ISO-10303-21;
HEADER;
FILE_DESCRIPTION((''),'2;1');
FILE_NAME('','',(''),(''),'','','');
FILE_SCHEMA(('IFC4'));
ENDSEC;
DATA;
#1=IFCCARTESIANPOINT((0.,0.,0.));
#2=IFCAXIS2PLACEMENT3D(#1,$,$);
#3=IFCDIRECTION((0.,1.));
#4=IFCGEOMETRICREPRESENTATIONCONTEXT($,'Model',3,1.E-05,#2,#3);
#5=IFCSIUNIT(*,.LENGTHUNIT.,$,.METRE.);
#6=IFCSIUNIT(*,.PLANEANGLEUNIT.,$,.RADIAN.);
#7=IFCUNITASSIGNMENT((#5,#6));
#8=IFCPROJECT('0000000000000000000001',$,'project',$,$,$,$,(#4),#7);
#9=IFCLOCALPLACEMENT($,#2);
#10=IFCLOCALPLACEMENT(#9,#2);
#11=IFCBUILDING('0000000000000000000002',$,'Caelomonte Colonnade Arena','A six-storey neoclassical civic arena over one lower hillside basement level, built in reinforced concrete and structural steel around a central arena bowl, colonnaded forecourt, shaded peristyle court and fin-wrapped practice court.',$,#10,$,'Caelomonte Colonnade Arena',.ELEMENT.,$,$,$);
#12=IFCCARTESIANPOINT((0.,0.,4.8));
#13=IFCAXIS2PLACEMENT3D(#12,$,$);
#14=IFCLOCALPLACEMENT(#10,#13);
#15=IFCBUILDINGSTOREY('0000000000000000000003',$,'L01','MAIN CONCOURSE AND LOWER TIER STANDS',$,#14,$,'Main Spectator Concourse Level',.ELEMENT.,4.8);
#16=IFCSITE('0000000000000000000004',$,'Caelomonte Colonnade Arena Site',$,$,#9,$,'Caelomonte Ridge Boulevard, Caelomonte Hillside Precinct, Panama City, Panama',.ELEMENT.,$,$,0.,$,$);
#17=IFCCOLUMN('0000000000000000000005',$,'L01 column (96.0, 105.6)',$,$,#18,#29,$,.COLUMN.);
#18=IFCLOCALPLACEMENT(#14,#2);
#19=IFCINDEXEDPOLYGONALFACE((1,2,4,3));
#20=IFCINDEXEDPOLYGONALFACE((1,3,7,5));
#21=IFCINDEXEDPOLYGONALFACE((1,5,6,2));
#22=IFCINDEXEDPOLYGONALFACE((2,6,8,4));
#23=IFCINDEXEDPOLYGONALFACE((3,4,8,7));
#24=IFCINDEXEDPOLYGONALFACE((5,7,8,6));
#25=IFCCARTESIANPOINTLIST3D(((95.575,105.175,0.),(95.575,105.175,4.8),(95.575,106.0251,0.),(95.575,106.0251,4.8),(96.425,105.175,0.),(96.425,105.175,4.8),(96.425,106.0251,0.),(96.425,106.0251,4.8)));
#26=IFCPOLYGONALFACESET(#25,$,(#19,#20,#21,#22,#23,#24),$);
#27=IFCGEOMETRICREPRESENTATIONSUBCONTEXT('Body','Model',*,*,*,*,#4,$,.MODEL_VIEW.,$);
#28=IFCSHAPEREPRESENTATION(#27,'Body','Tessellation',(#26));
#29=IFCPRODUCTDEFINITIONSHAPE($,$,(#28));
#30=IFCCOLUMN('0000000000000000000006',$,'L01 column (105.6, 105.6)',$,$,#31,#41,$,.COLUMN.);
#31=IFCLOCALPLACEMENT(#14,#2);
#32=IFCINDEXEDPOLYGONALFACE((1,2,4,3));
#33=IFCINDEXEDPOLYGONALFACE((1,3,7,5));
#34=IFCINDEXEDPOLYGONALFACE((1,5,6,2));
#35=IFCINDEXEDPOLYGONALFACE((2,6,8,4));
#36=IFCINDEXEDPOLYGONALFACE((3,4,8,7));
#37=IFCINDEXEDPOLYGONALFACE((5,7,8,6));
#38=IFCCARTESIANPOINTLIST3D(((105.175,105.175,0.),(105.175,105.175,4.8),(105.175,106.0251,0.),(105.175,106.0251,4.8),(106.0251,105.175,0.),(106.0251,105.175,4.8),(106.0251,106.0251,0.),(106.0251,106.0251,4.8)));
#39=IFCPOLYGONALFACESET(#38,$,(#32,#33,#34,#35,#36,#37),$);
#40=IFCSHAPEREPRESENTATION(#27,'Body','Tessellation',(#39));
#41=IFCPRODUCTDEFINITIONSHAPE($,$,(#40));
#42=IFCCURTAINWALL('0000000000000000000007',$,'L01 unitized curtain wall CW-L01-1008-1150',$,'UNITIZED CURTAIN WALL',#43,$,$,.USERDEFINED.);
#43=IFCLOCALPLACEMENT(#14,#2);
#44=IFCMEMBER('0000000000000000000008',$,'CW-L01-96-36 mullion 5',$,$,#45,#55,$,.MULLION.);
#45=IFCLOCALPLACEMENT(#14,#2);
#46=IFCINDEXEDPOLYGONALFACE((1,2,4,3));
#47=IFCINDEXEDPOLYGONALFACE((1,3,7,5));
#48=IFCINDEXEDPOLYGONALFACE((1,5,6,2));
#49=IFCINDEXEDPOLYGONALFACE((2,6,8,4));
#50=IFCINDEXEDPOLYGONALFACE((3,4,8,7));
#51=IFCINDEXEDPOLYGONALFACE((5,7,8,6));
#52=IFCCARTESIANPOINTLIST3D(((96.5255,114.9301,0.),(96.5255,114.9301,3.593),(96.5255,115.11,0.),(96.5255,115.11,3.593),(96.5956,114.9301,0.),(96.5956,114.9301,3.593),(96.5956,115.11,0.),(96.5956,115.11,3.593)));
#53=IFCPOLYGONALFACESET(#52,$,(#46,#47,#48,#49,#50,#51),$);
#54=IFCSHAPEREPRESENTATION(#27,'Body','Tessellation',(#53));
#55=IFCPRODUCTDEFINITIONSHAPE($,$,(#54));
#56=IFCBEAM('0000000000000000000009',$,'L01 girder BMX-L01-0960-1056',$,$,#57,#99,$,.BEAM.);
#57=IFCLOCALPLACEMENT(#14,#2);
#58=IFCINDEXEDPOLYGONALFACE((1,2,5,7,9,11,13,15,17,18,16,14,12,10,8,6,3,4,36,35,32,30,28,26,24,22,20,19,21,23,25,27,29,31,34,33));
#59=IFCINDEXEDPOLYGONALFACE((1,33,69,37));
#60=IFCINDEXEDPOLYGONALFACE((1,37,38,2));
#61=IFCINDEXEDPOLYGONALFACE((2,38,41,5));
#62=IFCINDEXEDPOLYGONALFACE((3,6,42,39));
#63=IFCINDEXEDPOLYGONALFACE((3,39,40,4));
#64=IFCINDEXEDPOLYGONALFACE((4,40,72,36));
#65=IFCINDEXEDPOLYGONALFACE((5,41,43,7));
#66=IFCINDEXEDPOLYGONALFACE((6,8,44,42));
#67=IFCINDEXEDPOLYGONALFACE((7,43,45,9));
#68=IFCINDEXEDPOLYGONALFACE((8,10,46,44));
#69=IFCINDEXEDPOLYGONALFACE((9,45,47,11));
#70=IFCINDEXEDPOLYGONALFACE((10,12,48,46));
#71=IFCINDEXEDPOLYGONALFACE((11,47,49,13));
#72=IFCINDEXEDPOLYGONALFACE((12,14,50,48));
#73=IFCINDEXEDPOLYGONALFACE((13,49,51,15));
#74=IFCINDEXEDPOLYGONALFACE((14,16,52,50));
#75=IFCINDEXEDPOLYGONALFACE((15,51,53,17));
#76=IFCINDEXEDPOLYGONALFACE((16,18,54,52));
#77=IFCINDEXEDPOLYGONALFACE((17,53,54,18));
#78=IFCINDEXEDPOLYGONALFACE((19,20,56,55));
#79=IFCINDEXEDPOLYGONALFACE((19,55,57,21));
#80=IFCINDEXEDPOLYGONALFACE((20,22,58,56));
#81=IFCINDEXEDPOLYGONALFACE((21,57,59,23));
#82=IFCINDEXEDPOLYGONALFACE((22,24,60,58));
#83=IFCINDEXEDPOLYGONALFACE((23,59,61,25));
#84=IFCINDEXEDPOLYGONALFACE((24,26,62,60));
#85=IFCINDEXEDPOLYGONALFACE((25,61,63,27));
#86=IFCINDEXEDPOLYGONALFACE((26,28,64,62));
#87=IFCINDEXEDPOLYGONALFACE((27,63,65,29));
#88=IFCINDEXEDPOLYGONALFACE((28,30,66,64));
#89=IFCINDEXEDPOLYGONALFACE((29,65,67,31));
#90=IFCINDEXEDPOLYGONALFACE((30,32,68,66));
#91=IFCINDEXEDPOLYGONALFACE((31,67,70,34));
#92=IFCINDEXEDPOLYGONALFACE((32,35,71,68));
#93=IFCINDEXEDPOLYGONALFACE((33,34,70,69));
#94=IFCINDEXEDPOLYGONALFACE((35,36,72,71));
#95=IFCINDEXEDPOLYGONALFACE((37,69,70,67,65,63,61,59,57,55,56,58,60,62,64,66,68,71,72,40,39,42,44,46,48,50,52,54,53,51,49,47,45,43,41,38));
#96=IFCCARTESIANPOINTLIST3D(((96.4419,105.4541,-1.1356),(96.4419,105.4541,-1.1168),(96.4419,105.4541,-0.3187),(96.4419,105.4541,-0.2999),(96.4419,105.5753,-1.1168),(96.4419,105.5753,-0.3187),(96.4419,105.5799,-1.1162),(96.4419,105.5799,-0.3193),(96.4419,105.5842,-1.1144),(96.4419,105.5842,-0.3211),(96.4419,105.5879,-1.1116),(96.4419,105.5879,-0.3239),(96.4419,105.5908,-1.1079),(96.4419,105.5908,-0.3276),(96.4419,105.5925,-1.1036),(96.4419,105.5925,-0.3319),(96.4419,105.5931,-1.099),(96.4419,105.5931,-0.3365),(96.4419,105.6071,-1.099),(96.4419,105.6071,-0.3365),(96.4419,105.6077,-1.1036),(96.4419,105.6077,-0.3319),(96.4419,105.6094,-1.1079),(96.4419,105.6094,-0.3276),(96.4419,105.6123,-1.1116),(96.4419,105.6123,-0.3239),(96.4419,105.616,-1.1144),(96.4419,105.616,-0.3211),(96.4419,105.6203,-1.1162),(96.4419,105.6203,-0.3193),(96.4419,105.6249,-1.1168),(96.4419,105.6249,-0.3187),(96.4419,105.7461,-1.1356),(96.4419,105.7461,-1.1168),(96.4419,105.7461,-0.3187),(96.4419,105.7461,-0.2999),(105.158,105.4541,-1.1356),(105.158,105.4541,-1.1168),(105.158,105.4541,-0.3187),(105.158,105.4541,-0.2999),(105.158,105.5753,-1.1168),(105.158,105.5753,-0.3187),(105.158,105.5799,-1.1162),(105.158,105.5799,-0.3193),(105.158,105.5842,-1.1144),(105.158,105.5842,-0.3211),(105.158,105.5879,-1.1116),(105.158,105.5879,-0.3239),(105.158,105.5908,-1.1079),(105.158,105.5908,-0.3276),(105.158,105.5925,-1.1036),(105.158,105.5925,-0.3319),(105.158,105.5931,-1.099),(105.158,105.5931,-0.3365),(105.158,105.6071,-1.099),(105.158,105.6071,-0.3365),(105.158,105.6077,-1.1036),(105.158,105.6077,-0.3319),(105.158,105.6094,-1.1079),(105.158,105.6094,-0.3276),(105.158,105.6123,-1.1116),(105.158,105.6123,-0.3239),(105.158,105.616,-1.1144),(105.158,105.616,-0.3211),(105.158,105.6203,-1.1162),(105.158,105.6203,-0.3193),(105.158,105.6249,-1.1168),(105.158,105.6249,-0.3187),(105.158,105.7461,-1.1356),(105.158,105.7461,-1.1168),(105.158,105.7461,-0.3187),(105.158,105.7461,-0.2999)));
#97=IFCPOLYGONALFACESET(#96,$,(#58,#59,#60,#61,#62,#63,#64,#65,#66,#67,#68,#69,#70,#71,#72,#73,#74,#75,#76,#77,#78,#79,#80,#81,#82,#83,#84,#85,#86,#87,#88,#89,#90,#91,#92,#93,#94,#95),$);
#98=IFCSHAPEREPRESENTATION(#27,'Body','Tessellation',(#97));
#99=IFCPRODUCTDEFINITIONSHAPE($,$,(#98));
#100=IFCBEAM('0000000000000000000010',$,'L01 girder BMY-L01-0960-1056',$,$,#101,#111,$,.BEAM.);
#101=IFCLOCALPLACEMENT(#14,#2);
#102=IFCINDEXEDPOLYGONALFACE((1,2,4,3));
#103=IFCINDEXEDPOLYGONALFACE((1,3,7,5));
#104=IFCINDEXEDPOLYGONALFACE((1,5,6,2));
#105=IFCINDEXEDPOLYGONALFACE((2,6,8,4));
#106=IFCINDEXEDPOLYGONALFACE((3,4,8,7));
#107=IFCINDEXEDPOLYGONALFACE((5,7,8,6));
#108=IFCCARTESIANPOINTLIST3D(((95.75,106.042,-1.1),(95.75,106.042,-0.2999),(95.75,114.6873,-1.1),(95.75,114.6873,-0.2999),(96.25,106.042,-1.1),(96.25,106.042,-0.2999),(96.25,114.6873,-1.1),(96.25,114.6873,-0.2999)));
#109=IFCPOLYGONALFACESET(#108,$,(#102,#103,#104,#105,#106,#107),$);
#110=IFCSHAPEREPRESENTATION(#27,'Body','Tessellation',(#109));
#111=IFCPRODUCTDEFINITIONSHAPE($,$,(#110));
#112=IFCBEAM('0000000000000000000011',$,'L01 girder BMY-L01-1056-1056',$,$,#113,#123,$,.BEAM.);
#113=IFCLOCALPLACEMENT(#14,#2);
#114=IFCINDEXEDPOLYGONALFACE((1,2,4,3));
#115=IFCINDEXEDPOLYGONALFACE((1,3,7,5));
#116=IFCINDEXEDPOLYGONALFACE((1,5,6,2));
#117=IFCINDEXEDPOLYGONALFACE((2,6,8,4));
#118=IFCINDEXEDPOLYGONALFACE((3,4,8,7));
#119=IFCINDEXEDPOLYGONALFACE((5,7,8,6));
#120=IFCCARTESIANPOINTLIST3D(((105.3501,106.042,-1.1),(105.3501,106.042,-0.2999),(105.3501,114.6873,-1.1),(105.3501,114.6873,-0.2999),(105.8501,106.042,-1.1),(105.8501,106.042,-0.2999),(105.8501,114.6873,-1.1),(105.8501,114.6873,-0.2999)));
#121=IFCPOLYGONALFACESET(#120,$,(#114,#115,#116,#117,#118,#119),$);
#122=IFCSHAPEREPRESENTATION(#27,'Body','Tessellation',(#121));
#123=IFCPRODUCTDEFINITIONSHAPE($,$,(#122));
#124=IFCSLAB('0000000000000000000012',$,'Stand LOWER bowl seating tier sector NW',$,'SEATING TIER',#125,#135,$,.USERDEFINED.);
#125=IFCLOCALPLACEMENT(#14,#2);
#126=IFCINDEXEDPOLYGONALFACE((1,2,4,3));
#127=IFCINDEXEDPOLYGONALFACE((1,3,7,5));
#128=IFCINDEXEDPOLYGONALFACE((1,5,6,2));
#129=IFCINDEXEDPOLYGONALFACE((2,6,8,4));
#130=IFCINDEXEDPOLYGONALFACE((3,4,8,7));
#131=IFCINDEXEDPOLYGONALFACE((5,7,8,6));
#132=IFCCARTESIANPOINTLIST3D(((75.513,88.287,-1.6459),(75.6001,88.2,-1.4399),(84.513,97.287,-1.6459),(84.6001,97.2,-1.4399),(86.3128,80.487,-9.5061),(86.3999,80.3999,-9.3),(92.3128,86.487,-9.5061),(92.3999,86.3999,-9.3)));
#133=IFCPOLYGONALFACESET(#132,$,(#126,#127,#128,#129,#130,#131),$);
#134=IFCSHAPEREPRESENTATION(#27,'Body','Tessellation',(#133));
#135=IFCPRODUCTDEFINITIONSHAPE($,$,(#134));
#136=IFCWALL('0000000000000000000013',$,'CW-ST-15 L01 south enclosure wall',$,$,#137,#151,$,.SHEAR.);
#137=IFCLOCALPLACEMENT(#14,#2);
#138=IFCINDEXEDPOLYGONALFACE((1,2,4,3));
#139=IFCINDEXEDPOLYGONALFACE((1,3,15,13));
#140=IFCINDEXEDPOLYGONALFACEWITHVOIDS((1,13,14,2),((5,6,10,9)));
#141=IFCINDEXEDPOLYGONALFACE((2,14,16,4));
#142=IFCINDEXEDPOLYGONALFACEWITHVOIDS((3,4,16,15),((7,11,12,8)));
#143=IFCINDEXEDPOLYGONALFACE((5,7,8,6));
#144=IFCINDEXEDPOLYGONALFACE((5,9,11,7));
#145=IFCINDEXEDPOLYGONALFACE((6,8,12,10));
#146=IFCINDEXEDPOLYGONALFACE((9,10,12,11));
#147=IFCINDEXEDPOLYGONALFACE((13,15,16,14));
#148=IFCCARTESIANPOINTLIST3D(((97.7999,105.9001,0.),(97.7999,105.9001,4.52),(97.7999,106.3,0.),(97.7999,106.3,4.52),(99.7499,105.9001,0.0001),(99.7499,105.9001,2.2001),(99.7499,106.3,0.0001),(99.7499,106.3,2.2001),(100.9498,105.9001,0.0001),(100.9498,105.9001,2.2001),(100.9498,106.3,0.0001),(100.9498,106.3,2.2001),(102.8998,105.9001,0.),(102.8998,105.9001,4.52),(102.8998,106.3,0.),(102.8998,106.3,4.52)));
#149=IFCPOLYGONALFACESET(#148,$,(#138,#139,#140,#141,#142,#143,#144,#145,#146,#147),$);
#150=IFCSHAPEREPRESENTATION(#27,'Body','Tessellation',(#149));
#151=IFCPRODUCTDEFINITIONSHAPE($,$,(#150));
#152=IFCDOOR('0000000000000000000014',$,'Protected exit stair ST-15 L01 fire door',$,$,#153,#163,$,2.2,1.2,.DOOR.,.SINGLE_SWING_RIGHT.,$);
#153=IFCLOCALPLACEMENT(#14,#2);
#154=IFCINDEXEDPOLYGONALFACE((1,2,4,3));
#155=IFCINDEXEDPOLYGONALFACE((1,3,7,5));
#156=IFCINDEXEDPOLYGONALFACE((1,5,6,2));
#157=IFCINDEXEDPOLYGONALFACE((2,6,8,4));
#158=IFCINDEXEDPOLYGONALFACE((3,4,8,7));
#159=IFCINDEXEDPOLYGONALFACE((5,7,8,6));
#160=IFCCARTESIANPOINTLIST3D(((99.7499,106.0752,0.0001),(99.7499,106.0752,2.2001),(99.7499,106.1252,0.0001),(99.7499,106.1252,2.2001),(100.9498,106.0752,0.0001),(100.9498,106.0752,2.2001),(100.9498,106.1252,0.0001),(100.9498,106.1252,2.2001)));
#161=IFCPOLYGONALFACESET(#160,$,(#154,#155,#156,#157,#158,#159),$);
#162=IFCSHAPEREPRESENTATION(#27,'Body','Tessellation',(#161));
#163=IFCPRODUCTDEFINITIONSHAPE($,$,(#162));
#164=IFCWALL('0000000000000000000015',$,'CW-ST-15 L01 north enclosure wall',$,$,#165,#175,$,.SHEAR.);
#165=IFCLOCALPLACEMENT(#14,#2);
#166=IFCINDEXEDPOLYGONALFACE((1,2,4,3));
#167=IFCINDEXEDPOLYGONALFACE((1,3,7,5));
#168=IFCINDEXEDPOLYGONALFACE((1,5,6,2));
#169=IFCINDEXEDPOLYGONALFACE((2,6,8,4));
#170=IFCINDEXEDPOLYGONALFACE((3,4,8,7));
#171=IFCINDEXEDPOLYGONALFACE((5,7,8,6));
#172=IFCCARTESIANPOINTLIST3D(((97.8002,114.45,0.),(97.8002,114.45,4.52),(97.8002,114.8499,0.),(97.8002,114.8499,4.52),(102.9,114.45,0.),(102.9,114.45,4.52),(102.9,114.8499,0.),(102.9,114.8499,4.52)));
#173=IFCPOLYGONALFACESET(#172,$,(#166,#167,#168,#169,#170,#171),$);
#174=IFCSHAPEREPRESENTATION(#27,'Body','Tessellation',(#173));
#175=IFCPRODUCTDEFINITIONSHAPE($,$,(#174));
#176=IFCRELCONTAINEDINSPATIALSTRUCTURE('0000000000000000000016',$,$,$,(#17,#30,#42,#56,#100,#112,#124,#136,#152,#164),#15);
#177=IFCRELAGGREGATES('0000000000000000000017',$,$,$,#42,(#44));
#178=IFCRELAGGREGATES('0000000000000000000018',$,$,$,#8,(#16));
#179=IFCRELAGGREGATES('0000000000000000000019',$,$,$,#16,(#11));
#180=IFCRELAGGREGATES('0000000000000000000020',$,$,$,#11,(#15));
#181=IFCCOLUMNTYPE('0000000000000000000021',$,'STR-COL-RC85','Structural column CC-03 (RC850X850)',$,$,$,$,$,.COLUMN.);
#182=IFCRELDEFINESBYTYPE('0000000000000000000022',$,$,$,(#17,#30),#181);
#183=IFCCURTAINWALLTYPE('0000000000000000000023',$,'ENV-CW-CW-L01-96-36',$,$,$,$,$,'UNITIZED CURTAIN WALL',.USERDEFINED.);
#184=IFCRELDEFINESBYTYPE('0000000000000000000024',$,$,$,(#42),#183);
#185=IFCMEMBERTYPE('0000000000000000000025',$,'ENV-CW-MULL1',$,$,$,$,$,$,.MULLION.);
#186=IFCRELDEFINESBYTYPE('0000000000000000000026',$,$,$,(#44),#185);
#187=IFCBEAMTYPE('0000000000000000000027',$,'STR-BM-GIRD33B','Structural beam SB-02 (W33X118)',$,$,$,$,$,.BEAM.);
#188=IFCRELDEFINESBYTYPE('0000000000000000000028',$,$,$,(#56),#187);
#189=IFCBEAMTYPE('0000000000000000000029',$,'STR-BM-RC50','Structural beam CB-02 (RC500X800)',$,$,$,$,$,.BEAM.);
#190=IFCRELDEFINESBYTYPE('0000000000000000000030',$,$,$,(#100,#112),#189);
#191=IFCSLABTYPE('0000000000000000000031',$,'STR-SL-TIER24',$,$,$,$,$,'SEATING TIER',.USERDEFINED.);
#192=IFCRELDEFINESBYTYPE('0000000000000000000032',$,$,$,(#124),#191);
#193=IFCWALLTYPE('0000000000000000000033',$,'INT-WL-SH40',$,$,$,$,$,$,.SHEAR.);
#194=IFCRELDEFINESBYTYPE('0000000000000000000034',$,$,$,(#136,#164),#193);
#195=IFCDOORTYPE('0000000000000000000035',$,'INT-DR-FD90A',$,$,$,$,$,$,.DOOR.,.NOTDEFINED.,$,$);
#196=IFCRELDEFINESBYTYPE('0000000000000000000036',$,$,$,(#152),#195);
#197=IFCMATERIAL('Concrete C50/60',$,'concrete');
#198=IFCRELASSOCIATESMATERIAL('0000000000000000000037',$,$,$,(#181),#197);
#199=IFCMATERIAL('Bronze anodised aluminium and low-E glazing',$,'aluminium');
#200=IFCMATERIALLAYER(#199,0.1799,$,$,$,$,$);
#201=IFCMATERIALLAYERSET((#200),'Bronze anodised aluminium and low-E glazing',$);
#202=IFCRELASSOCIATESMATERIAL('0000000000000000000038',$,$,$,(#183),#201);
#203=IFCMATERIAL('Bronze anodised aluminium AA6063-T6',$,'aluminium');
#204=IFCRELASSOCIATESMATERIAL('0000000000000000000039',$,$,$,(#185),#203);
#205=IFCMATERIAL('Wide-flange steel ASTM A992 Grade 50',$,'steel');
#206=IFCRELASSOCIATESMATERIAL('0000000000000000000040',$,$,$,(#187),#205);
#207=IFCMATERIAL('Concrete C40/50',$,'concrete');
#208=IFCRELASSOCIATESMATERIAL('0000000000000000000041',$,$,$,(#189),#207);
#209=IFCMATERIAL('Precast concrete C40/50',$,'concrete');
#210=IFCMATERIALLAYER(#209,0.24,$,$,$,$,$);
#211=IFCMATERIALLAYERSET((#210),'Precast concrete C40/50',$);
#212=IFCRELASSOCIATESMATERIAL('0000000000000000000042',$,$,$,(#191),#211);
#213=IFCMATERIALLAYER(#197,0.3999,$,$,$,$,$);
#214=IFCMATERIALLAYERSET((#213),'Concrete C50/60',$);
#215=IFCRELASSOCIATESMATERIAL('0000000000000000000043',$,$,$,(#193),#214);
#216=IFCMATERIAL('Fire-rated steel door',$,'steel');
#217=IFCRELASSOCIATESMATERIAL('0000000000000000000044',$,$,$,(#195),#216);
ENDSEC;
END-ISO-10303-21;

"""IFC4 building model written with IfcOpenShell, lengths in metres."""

from ifc_helpers import new_model, si_unit, direction, frame, frame_2d, origin, origin_2d, place, context, subcontext, project, spatial, polyline, rectangle, i_section, outline, extrude, material, layer, layer_set, material_profile, profile_set, type_object, element, fill, aggregate, save


model = new_model("IFC4")

# Units and contexts
model_context = context("Model", 3, precision=1e-05, world=origin(), true_north=direction((0.0, 1.0)))
body_context = subcontext(model_context, "Body", "Model", "MODEL_VIEW")
ifc_project = project(units=[si_unit("LENGTHUNIT", "METRE"), si_unit("PLANEANGLEUNIT", "RADIAN")], contexts=[model_context])

# Site, building, storey
site_placement = place(None, origin())
site = spatial("IfcSite", under=ifc_project, at=site_placement, Name="Caelomonte Colonnade Arena Site", LongName="Caelomonte Ridge Boulevard, Caelomonte Hillside Precinct, Panama City, Panama", CompositionType="ELEMENT", RefElevation=0.0)
building_placement = place(site_placement, origin())
building = spatial("IfcBuilding", under=site, at=building_placement, Name="Caelomonte Colonnade Arena", Description="A six-storey neoclassical civic arena over one lower hillside basement level, built in reinforced concrete and structural steel around a central arena bowl, colonnaded forecourt, shaded peristyle court and fin-wrapped practice court.", LongName="Caelomonte Colonnade Arena", CompositionType="ELEMENT")
storey_placement = place(building_placement, frame((0.0, 0.0, 4.8)))
storey = spatial("IfcBuildingStorey", under=building, at=storey_placement, Name="L01", Description="MAIN CONCOURSE AND LOWER TIER STANDS", LongName="Main Spectator Concourse Level", CompositionType="ELEMENT", Elevation=4.8)

# Columns
ifc_material_1 = material(Name="Concrete C50/60", Category="concrete")
ifc_material_profile_1 = material_profile(ifc_material_1, rectangle(XDim=0.8501, YDim=0.8501, at=origin_2d()), Name="RC850X850")
ifc_profile_set_1 = profile_set([ifc_material_profile_1], Name="Concrete C50/60")
column_type = type_object("IfcColumnType", Name="STR-COL-RC85", Description="Structural column CC-03 (RC850X850)", PredefinedType="COLUMN", material=ifc_profile_set_1)
for number, where, z_axis, x_axis, name in (
    (1, (96.0, 105.6001, 0.0), (0.0, 0.0, 1.0), (1.0, 0.0, 0.0), "L01 column (96.0, 105.6)"),
    (2, (105.6001, 105.6001, 0.0), (0.0, 0.0, 1.0), (1.0, 0.0, 0.0), "L01 column (105.6, 105.6)"),
):
    element("IfcColumn", number, at=place(storey_placement, frame(where, z_axis=z_axis, x_axis=x_axis)), inside=storey, type_object=column_type, Name=name, PredefinedType="COLUMN", context=body_context, shape_type="SweptSolid", body=[
        extrude(rectangle(XDim=0.8501, YDim=0.8501, at=origin_2d()), origin(), (0.0, 0.0, 1.0), 4.8),
    ])

# Curtain wall, member
ifc_material_2 = material(Name="Bronze anodised aluminium and low-E glazing", Category="aluminium")
ifc_layer_1 = layer(ifc_material_2, 0.1799)
ifc_layer_set_1 = layer_set([ifc_layer_1], Name="Bronze anodised aluminium and low-E glazing")
curtain_wall_type = type_object("IfcCurtainWallType", Name="ENV-CW-CW-L01-96-36", ElementType="UNITIZED CURTAIN WALL", PredefinedType="USERDEFINED", material=ifc_layer_set_1)
curtain_wall_placement = place(storey_placement, origin())
curtain_wall = element("IfcCurtainWall", 3, at=curtain_wall_placement, inside=storey, type_object=curtain_wall_type, Name="L01 unitized curtain wall CW-L01-1008-1150", ObjectType="UNITIZED CURTAIN WALL", PredefinedType="USERDEFINED")
ifc_material_3 = material(Name="Bronze anodised aluminium AA6063-T6", Category="aluminium")
ifc_material_profile_2 = material_profile(ifc_material_3, rectangle(XDim=0.0701, YDim=0.1799, at=origin_2d()), Name="CWM-70X180")
ifc_profile_set_2 = profile_set([ifc_material_profile_2], Name="Bronze anodised aluminium AA6063-T6")
member_type = type_object("IfcMemberType", Name="ENV-CW-MULL1", PredefinedType="MULLION", material=ifc_profile_set_2)
member_placement = place(storey_placement, frame((96.5605, 115.02, 0.0), z_axis=(0.0, 0.0, 1.0), x_axis=(-1.0, 0.0, 0.0)))
member = element("IfcMember", 4, at=member_placement, type_object=member_type, Name="CW-L01-96-36 mullion 5", PredefinedType="MULLION", context=body_context, shape_type="SweptSolid", body=[
    extrude(rectangle(XDim=0.0701, YDim=0.1799, at=origin_2d()), origin(), (0.0, 0.0, 1.0), 3.593),
])
aggregate(curtain_wall, [member])

# Beams
ifc_material_4 = material(Name="Wide-flange steel ASTM A992 Grade 50", Category="steel")
ifc_material_profile_3 = material_profile(ifc_material_4, i_section(OverallWidth=0.292, OverallDepth=0.8357, WebThickness=0.0139, FlangeThickness=0.0188, FilletRadius=0.0178, at=origin_2d()), Name="W33X118")
ifc_profile_set_3 = profile_set([ifc_material_profile_3], Name="Wide-flange steel ASTM A992 Grade 50")
beam_type_1 = type_object("IfcBeamType", Name="STR-BM-GIRD33B", Description="Structural beam SB-02 (W33X118)", PredefinedType="BEAM", material=ifc_profile_set_3)
beam_placement = place(storey_placement, frame((96.4419, 105.6001, -0.7178), z_axis=(1.0, 0.0, 0.0), x_axis=(0.0, 1.0, 0.0)))
element("IfcBeam", 5, at=beam_placement, inside=storey, type_object=beam_type_1, Name="L01 girder BMX-L01-0960-1056", PredefinedType="BEAM", context=body_context, shape_type="SweptSolid", body=[
    extrude(i_section(OverallWidth=0.292, OverallDepth=0.8357, WebThickness=0.0139, FlangeThickness=0.0188, FilletRadius=0.0178, at=origin_2d()), origin(), (0.0, 0.0, 1.0), 8.7161),
])
ifc_material_5 = material(Name="Concrete C40/50", Category="concrete")
ifc_material_profile_4 = material_profile(ifc_material_5, rectangle(XDim=0.5, YDim=0.8, at=origin_2d()), Name="RC500X800")
ifc_profile_set_4 = profile_set([ifc_material_profile_4], Name="Concrete C40/50")
beam_type_2 = type_object("IfcBeamType", Name="STR-BM-RC50", Description="Structural beam CB-02 (RC500X800)", PredefinedType="BEAM", material=ifc_profile_set_4)
for number, where, z_axis, x_axis, name in (
    (6, (96.0, 106.042, -0.7), (0.0, 1.0, 0.0), (-1.0, 0.0, 0.0), "L01 girder BMY-L01-0960-1056"),
    (7, (105.6001, 106.042, -0.7), (0.0, 1.0, 0.0), (-1.0, 0.0, 0.0), "L01 girder BMY-L01-1056-1056"),
):
    element("IfcBeam", number, at=place(storey_placement, frame(where, z_axis=z_axis, x_axis=x_axis)), inside=storey, type_object=beam_type_2, Name=name, PredefinedType="BEAM", context=body_context, shape_type="SweptSolid", body=[
        extrude(rectangle(XDim=0.5, YDim=0.8, at=origin_2d()), origin(), (0.0, 0.0, 1.0), 8.6453),
    ])

# Slab
ifc_material_6 = material(Name="Precast concrete C40/50", Category="concrete")
ifc_layer_2 = layer(ifc_material_6, 0.24)
ifc_layer_set_2 = layer_set([ifc_layer_2], Name="Precast concrete C40/50")
slab_type = type_object("IfcSlabType", Name="STR-SL-TIER24", ElementType="SEATING TIER", PredefinedType="USERDEFINED", material=ifc_layer_set_2)
slab_placement = place(storey_placement, frame((92.3999, 86.3999, -9.3), z_axis=(0.362746, -0.362746, 0.858388), x_axis=(-0.707107, -0.707107, 0.0)))
element("IfcSlab", 8, at=slab_placement, inside=storey, type_object=slab_type, Name="Stand LOWER bowl seating tier sector NW", ObjectType="SEATING TIER", PredefinedType="USERDEFINED", context=body_context, shape_type="SweptSolid", body=[
    extrude(outline(polyline([(0.0, 0.0), (8.4853, 0.0), (10.6064, -15.3218), (-2.1215, -15.3218), (0.0, 0.0)])), origin(), (0.0, 0.0, -1.0), 0.24),
])

# Wall, opening, door
ifc_layer_3 = layer(ifc_material_1, 0.3999)
ifc_layer_set_3 = layer_set([ifc_layer_3], Name="Concrete C50/60")
wall_type = type_object("IfcWallType", Name="INT-WL-SH40", PredefinedType="SHEAR", material=ifc_layer_set_3)
wall_1_placement = place(storey_placement, frame((97.8, 106.1001, 0.0), z_axis=(0.0, 0.0, 1.0), x_axis=(1.0, 0.0, 0.0)))
wall_1 = element("IfcWall", 9, at=wall_1_placement, inside=storey, type_object=wall_type, Name="CW-ST-15 L01 south enclosure wall", PredefinedType="SHEAR", context=body_context, shape_type="SweptSolid", body=[
    extrude(rectangle(XDim=5.0999, YDim=0.3999, at=frame_2d((2.5498, 0.0))), origin(), (0.0, 0.0, 1.0), 4.52),
])
opening_placement = place(wall_1_placement, frame((3.1499, 0.0, 0.0), z_axis=(0.0, 0.0, 1.0), x_axis=(-1.0, 0.0, 0.0)))
opening = element("IfcOpeningElement", 10, at=opening_placement, cuts=wall_1, PredefinedType="OPENING", context=body_context, shape_type="SweptSolid", body=[
    extrude(rectangle(XDim=1.2, YDim=2.2, at=frame_2d((0.6001, 1.1001))), frame((0.0, 0.21, 0.0), z_axis=(0.0, -1.0, 0.0), x_axis=(1.0, 0.0, 0.0)), (0.0, 0.0, 1.0), 0.4199),
])
ifc_material_7 = material(Name="Fire-rated steel door", Category="steel")
door_type = type_object("IfcDoorType", Name="INT-DR-FD90A", OperationType="NOTDEFINED", PredefinedType="DOOR", material=ifc_material_7)
door_placement = place(opening_placement, origin())
door = element("IfcDoor", 11, at=door_placement, inside=storey, type_object=door_type, Name="Protected exit stair ST-15 L01 fire door", OperationType="SINGLE_SWING_RIGHT", OverallHeight=2.2, OverallWidth=1.2, PredefinedType="DOOR", context=body_context, shape_type="SweptSolid", body=[
    extrude(rectangle(XDim=1.2, YDim=2.2, at=frame_2d((0.6001, 1.1001))), frame((0.0, 0.0249, 0.0), z_axis=(0.0, -1.0, 0.0), x_axis=(1.0, 0.0, 0.0)), (0.0, 0.0, 1.0), 0.05),
])
fill(opening, door)

# Wall
wall_2_placement = place(storey_placement, frame((102.8999, 114.6499, 0.0), z_axis=(0.0, 0.0, 1.0), x_axis=(-1.0, 0.0, 0.0)))
element("IfcWall", 12, at=wall_2_placement, inside=storey, type_object=wall_type, Name="CW-ST-15 L01 north enclosure wall", PredefinedType="SHEAR", context=body_context, shape_type="SweptSolid", body=[
    extrude(rectangle(XDim=5.0999, YDim=0.3999, at=frame_2d((2.5498, 0.0))), origin(), (0.0, 0.0, 1.0), 4.52),
])

save(model, "model.ifc")
